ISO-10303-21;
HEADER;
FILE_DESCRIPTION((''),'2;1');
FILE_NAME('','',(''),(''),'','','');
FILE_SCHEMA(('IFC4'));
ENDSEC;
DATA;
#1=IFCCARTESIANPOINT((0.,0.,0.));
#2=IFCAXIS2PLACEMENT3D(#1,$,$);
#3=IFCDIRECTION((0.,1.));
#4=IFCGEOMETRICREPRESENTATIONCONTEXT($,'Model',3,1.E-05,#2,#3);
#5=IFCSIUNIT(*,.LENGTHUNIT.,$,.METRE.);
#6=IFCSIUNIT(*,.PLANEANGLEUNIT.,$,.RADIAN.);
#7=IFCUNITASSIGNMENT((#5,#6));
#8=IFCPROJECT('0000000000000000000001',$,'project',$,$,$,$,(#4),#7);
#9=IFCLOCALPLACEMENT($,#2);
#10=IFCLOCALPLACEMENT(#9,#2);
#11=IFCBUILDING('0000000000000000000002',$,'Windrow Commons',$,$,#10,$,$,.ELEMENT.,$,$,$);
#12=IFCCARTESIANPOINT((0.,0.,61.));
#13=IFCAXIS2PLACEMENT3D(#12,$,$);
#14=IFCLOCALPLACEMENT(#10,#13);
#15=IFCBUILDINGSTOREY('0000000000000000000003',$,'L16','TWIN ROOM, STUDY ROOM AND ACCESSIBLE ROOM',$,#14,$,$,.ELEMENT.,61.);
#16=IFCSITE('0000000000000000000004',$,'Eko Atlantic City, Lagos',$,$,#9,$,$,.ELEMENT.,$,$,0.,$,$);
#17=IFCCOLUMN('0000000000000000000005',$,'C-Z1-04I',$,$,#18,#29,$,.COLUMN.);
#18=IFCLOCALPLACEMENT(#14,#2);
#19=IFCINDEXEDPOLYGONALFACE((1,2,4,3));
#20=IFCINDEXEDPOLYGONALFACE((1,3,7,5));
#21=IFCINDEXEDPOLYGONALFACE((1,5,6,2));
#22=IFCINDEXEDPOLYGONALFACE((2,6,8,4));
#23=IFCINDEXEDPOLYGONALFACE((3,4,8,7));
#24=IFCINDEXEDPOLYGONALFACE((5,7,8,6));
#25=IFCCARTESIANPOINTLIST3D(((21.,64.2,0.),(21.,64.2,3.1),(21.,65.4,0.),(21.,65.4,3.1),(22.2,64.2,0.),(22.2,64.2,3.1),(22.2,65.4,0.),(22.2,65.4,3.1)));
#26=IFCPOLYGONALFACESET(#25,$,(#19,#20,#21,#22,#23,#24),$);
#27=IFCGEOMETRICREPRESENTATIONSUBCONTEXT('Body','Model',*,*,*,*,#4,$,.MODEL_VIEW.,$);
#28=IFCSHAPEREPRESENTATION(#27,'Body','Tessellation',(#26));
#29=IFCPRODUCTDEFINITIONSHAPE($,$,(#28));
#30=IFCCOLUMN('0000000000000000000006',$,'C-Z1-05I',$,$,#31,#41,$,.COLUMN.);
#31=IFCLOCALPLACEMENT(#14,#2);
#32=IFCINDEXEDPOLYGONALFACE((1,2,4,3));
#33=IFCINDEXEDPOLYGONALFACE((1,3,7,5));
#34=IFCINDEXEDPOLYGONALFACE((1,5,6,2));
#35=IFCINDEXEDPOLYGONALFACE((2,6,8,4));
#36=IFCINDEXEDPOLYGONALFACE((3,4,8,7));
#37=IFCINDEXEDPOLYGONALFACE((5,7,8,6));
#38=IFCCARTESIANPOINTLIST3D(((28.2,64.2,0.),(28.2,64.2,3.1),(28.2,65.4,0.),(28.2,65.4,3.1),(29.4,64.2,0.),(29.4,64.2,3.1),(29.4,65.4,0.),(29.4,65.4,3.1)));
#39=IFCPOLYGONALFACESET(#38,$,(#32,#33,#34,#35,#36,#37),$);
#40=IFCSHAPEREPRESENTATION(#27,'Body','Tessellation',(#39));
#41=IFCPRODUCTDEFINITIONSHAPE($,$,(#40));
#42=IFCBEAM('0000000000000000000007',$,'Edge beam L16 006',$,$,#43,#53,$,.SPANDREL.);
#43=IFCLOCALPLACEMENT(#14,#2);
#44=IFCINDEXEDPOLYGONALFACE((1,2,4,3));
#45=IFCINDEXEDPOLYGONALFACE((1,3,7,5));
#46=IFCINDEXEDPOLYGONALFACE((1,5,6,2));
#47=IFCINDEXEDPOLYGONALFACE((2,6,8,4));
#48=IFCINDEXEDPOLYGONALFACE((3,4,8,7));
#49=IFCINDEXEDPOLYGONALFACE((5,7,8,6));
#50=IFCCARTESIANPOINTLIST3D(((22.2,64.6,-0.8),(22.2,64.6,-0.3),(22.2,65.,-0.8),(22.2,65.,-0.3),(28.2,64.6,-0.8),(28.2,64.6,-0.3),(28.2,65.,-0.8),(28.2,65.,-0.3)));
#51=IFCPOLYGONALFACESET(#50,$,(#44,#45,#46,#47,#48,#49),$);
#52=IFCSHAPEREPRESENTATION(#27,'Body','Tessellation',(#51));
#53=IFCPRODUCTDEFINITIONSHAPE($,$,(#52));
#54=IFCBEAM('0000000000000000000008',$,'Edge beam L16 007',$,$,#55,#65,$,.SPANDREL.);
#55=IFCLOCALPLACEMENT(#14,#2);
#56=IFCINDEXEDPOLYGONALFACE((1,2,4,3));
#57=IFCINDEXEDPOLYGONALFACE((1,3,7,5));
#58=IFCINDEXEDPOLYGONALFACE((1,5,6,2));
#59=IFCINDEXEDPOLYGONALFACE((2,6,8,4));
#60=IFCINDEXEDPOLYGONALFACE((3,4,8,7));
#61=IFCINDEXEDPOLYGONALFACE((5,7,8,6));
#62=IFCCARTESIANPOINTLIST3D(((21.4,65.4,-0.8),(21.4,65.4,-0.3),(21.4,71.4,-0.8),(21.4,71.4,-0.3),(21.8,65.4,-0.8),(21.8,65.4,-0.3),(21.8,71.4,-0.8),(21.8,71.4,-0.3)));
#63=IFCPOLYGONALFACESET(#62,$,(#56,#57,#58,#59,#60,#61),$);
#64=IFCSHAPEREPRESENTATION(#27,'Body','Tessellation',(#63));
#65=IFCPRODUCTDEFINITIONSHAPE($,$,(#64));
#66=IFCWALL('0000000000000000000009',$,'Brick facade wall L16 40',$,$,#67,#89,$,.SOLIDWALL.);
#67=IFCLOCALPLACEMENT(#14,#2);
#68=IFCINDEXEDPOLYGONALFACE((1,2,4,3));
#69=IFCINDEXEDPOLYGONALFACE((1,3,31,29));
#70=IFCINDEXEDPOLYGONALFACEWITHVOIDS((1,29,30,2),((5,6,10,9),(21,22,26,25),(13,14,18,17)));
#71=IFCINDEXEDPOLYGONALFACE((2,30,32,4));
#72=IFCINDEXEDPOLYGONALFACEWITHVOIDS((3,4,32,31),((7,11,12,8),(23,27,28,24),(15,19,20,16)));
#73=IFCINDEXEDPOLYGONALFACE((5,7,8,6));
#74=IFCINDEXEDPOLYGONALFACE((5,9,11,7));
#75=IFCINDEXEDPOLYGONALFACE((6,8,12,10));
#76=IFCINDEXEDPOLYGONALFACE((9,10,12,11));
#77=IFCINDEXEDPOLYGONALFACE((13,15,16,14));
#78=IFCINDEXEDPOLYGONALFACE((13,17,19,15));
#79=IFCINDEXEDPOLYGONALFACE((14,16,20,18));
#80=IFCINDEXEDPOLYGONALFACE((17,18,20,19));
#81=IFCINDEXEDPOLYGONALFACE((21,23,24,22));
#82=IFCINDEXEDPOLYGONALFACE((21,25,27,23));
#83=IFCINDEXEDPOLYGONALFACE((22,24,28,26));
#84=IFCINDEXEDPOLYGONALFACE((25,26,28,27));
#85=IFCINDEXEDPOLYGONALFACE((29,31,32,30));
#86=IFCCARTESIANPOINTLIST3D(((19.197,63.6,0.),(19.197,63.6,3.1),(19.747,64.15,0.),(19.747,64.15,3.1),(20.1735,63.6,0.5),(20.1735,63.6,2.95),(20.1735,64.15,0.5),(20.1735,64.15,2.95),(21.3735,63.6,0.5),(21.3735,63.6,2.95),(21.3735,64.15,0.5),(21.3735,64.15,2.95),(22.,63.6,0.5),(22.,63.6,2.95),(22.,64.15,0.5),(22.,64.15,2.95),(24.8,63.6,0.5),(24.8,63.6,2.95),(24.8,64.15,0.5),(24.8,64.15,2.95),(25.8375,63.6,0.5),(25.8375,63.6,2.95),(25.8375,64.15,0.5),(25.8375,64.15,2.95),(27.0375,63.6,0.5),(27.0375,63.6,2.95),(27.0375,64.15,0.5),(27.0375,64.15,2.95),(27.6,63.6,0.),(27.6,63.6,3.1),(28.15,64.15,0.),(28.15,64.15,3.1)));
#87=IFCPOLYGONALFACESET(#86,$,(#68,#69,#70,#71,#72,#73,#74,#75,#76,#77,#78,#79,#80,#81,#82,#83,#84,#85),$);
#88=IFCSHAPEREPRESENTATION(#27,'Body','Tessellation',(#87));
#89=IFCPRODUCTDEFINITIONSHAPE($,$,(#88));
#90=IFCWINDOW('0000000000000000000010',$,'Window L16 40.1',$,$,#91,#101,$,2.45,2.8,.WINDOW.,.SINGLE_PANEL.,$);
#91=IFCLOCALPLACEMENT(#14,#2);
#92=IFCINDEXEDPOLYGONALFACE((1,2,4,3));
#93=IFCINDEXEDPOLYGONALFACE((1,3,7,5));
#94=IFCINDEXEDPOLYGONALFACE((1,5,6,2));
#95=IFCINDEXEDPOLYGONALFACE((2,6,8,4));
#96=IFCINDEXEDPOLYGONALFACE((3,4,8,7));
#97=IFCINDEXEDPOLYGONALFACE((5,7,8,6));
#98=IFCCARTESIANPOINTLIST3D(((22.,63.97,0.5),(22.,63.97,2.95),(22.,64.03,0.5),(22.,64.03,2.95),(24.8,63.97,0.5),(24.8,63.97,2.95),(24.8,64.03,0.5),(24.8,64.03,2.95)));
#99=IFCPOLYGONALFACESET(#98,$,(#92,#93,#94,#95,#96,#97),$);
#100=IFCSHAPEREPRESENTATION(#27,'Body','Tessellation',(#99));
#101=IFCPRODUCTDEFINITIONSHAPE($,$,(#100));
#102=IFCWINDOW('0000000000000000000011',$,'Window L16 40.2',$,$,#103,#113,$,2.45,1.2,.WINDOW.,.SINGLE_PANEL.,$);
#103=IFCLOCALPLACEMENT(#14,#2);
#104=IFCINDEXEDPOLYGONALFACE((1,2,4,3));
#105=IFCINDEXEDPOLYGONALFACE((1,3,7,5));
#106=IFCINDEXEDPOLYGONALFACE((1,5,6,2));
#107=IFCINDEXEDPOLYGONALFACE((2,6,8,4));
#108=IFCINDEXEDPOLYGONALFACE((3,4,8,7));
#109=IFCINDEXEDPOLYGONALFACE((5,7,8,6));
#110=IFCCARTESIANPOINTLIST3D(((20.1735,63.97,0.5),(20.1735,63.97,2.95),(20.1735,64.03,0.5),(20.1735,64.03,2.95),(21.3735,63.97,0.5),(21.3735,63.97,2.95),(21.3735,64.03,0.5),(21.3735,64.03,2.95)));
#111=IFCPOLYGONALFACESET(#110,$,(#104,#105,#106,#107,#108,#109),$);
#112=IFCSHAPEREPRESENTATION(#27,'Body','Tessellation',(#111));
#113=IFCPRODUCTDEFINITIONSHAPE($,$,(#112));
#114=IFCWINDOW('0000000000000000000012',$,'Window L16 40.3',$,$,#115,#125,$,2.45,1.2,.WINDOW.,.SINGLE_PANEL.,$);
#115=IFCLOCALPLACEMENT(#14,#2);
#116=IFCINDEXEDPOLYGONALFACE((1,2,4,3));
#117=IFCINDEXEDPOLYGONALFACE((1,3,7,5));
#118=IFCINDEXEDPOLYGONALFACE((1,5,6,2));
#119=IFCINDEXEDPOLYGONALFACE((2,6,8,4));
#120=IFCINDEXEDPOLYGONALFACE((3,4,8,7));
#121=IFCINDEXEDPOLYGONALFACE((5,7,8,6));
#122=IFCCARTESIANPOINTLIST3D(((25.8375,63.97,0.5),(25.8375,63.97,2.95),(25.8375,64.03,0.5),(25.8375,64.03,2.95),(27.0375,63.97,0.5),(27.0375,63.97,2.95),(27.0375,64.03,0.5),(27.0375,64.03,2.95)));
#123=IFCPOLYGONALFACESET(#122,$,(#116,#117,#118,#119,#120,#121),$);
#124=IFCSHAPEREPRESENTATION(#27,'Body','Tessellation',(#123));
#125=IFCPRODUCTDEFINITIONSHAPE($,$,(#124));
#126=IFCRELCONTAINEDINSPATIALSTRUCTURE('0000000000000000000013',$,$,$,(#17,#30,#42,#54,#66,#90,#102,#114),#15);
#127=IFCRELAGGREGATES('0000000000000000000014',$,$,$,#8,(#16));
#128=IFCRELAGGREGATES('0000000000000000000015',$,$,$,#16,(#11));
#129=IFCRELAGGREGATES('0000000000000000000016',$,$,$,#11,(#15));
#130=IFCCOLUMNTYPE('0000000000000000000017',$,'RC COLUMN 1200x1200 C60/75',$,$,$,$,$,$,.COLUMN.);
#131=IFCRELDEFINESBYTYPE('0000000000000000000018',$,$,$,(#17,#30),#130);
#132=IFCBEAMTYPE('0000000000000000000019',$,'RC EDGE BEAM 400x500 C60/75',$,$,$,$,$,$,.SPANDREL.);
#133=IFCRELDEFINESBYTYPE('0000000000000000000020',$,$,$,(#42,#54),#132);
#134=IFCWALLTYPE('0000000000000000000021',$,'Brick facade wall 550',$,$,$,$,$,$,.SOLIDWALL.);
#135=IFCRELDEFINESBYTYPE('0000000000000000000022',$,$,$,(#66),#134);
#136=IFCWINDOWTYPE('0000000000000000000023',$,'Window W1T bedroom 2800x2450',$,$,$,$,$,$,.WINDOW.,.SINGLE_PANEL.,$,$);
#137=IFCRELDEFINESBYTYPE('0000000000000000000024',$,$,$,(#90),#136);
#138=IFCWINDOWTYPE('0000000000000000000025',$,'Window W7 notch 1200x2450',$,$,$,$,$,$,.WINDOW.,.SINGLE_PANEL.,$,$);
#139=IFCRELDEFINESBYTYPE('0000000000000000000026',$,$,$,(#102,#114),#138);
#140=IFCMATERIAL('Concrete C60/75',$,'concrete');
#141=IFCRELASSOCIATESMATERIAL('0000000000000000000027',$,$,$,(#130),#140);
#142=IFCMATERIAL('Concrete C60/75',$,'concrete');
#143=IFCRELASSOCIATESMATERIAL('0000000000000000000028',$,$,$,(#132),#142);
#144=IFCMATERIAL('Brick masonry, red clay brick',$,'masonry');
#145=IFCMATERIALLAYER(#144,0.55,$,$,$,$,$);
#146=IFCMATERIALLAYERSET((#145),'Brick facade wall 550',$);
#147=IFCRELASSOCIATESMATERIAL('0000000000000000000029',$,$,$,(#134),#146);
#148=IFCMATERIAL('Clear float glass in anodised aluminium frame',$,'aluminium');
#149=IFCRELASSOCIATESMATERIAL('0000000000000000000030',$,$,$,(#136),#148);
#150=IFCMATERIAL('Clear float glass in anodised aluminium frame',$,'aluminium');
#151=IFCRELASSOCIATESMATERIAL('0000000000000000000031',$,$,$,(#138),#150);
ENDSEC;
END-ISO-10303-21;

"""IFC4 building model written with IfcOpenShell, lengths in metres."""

from ifc_helpers import new_model, si_unit, direction, frame, frame_2d, origin, origin_2d, place, context, subcontext, project, spatial, polyline, rectangle, outline, extrude, material, layer, layer_set, material_profile, profile_set, type_object, element, fill, save


model = new_model("IFC4")

# Units and contexts
model_context = context("Model", 3, precision=1e-05, world=origin(), true_north=direction((0.0, 1.0)))
body_context = subcontext(model_context, "Body", "Model", "MODEL_VIEW")
ifc_project = project(units=[si_unit("LENGTHUNIT", "METRE"), si_unit("PLANEANGLEUNIT", "RADIAN")], contexts=[model_context])

# Site, building, storey
site_placement = place(None, origin())
site = spatial("IfcSite", under=ifc_project, at=site_placement, Name="Eko Atlantic City, Lagos", CompositionType="ELEMENT", RefElevation=0.0)
building_placement = place(site_placement, origin())
building = spatial("IfcBuilding", under=site, at=building_placement, Name="Windrow Commons", CompositionType="ELEMENT")
storey_placement = place(building_placement, frame((0.0, 0.0, 61.0)))
storey = spatial("IfcBuildingStorey", under=building, at=storey_placement, Name="L16", Description="TWIN ROOM, STUDY ROOM AND ACCESSIBLE ROOM", CompositionType="ELEMENT", Elevation=61.0)

# Columns
ifc_material_1 = material(Name="Concrete C60/75", Category="concrete")
ifc_material_profile_1 = material_profile(ifc_material_1, rectangle(XDim=1.2, YDim=1.2, at=origin_2d()))
ifc_profile_set_1 = profile_set([ifc_material_profile_1], Name="Concrete C60/75")
column_type = type_object("IfcColumnType", Name="RC COLUMN 1200x1200 C60/75", PredefinedType="COLUMN", material=ifc_profile_set_1)
for number, where, z_axis, x_axis, name in (
    (1, (21.6, 64.8, 0.0), (0.0, 0.0, 1.0), (1.0, 0.0, 0.0), "C-Z1-04I"),
    (2, (28.8, 64.8, 0.0), (0.0, 0.0, 1.0), (1.0, 0.0, 0.0), "C-Z1-05I"),
):
    element("IfcColumn", number, at=place(storey_placement, frame(where, z_axis=z_axis, x_axis=x_axis)), inside=storey, type_object=column_type, Name=name, PredefinedType="COLUMN", context=body_context, shape_type="SweptSolid", body=[
        extrude(rectangle(XDim=1.2, YDim=1.2, at=origin_2d()), origin(), (0.0, 0.0, 1.0), 3.1),
    ])

# Beams
ifc_material_2 = material(Name="Concrete C60/75", Category="concrete")
ifc_material_profile_2 = material_profile(ifc_material_2, rectangle(XDim=0.4, YDim=0.5, at=origin_2d()))
ifc_profile_set_2 = profile_set([ifc_material_profile_2], Name="Concrete C60/75")
beam_type = type_object("IfcBeamType", Name="RC EDGE BEAM 400x500 C60/75", PredefinedType="SPANDREL", material=ifc_profile_set_2)
for number, where, z_axis, x_axis, name in (
    (3, (28.2, 64.8, -0.55), (-1.0, 0.0, 0.0), (0.0, -1.0, 0.0), "Edge beam L16 006"),
    (4, (21.6, 65.4, -0.55), (0.0, 1.0, 0.0), (-1.0, 0.0, 0.0), "Edge beam L16 007"),
):
    element("IfcBeam", number, at=place(storey_placement, frame(where, z_axis=z_axis, x_axis=x_axis)), inside=storey, type_object=beam_type, Name=name, PredefinedType="SPANDREL", context=body_context, shape_type="SweptSolid", body=[
        extrude(rectangle(XDim=0.4, YDim=0.5, at=origin_2d()), origin(), (0.0, 0.0, 1.0), 6.0),
    ])

# Wall, openings, windows
ifc_material_3 = material(Name="Brick masonry, red clay brick", Category="masonry")
ifc_layer_1 = layer(ifc_material_3, 0.55)
ifc_layer_set_1 = layer_set([ifc_layer_1], Name="Brick facade wall 550")
wall_type_1 = type_object("IfcWallType", Name="Brick facade wall 550", PredefinedType="SOLIDWALL", material=ifc_layer_set_1)
wall_1_placement = place(storey_placement, frame((19.472, 63.875, 0.0), z_axis=(0.0, 0.0, 1.0), x_axis=(1.0, 0.0, 0.0)))
wall_1 = element("IfcWall", 5, at=wall_1_placement, inside=storey, type_object=wall_type_1, Name="Brick facade wall L16 40", PredefinedType="SOLIDWALL", context=body_context, shape_type="SweptSolid", body=[
    extrude(outline(polyline([(-0.275, -0.275), (8.128, -0.275), (8.678, 0.275), (0.275, 0.275), (-0.275, -0.275)])), origin(), (0.0, 0.0, 1.0), 3.1),
])
opening_1_placement = place(wall_1_placement, frame((2.528, 0.0, 0.5)))
opening_1 = element("IfcOpeningElement", 6, at=opening_1_placement, cuts=wall_1, PredefinedType="OPENING", context=body_context, shape_type="SweptSolid", body=[
    extrude(rectangle(XDim=2.8, YDim=2.45, at=frame_2d((1.4, 1.225))), frame((0.0, 0.285, 0.0), z_axis=(0.0, -1.0, 0.0), x_axis=(1.0, 0.0, 0.0)), (0.0, 0.0, 1.0), 0.57),
])
opening_2_placement = place(wall_1_placement, frame((0.7015, 0.0, 0.5)))
opening_2 = element("IfcOpeningElement", 7, at=opening_2_placement, cuts=wall_1, PredefinedType="OPENING", context=body_context, shape_type="SweptSolid", body=[
    extrude(rectangle(XDim=1.2, YDim=2.45, at=frame_2d((0.6, 1.225))), frame((0.0, 0.285, 0.0), z_axis=(0.0, -1.0, 0.0), x_axis=(1.0, 0.0, 0.0)), (0.0, 0.0, 1.0), 0.57),
])
opening_3_placement = place(wall_1_placement, frame((6.3655, 0.0, 0.5)))
opening_3 = element("IfcOpeningElement", 8, at=opening_3_placement, cuts=wall_1, PredefinedType="OPENING", context=body_context, shape_type="SweptSolid", body=[
    extrude(rectangle(XDim=1.2, YDim=2.45, at=frame_2d((0.6, 1.225))), frame((0.0, 0.285, 0.0), z_axis=(0.0, -1.0, 0.0), x_axis=(1.0, 0.0, 0.0)), (0.0, 0.0, 1.0), 0.57),
])
ifc_material_4 = material(Name="Clear float glass in anodised aluminium frame", Category="aluminium")
window_type_1 = type_object("IfcWindowType", Name="Window W1T bedroom 2800x2450", PartitioningType="SINGLE_PANEL", PredefinedType="WINDOW", material=ifc_material_4)
window_1_placement = place(opening_1_placement, origin())
window_1 = element("IfcWindow", 9, at=window_1_placement, inside=storey, type_object=window_type_1, Name="Window L16 40.1", OverallHeight=2.45, OverallWidth=2.8, PartitioningType="SINGLE_PANEL", PredefinedType="WINDOW", context=body_context, shape_type="SweptSolid", body=[
    extrude(rectangle(XDim=2.8, YDim=2.45, at=frame_2d((1.4, 1.225))), frame((0.0, 0.155, 0.0), z_axis=(0.0, -1.0, 0.0), x_axis=(1.0, 0.0, 0.0)), (0.0, 0.0, 1.0), 0.06),
])
fill(opening_1, window_1)
ifc_material_5 = material(Name="Clear float glass in anodised aluminium frame", Category="aluminium")
window_type_2 = type_object("IfcWindowType", Name="Window W7 notch 1200x2450", PartitioningType="SINGLE_PANEL", PredefinedType="WINDOW", material=ifc_material_5)
window_2_placement = place(opening_2_placement, origin())
window_2 = element("IfcWindow", 10, at=window_2_placement, inside=storey, type_object=window_type_2, Name="Window L16 40.2", OverallHeight=2.45, OverallWidth=1.2, PartitioningType="SINGLE_PANEL", PredefinedType="WINDOW", context=body_context, shape_type="SweptSolid", body=[
    extrude(rectangle(XDim=1.2, YDim=2.45, at=frame_2d((0.6, 1.225))), frame((0.0, 0.155, 0.0), z_axis=(0.0, -1.0, 0.0), x_axis=(1.0, 0.0, 0.0)), (0.0, 0.0, 1.0), 0.06),
])
fill(opening_2, window_2)
window_3_placement = place(opening_3_placement, origin())
window_3 = element("IfcWindow", 11, at=window_3_placement, inside=storey, type_object=window_type_2, Name="Window L16 40.3", OverallHeight=2.45, OverallWidth=1.2, PartitioningType="SINGLE_PANEL", PredefinedType="WINDOW", context=body_context, shape_type="SweptSolid", body=[
    extrude(rectangle(XDim=1.2, YDim=2.45, at=frame_2d((0.6, 1.225))), frame((0.0, 0.155, 0.0), z_axis=(0.0, -1.0, 0.0), x_axis=(1.0, 0.0, 0.0)), (0.0, 0.0, 1.0), 0.06),
])
fill(opening_3, window_3)

save(model, "model.ifc")
